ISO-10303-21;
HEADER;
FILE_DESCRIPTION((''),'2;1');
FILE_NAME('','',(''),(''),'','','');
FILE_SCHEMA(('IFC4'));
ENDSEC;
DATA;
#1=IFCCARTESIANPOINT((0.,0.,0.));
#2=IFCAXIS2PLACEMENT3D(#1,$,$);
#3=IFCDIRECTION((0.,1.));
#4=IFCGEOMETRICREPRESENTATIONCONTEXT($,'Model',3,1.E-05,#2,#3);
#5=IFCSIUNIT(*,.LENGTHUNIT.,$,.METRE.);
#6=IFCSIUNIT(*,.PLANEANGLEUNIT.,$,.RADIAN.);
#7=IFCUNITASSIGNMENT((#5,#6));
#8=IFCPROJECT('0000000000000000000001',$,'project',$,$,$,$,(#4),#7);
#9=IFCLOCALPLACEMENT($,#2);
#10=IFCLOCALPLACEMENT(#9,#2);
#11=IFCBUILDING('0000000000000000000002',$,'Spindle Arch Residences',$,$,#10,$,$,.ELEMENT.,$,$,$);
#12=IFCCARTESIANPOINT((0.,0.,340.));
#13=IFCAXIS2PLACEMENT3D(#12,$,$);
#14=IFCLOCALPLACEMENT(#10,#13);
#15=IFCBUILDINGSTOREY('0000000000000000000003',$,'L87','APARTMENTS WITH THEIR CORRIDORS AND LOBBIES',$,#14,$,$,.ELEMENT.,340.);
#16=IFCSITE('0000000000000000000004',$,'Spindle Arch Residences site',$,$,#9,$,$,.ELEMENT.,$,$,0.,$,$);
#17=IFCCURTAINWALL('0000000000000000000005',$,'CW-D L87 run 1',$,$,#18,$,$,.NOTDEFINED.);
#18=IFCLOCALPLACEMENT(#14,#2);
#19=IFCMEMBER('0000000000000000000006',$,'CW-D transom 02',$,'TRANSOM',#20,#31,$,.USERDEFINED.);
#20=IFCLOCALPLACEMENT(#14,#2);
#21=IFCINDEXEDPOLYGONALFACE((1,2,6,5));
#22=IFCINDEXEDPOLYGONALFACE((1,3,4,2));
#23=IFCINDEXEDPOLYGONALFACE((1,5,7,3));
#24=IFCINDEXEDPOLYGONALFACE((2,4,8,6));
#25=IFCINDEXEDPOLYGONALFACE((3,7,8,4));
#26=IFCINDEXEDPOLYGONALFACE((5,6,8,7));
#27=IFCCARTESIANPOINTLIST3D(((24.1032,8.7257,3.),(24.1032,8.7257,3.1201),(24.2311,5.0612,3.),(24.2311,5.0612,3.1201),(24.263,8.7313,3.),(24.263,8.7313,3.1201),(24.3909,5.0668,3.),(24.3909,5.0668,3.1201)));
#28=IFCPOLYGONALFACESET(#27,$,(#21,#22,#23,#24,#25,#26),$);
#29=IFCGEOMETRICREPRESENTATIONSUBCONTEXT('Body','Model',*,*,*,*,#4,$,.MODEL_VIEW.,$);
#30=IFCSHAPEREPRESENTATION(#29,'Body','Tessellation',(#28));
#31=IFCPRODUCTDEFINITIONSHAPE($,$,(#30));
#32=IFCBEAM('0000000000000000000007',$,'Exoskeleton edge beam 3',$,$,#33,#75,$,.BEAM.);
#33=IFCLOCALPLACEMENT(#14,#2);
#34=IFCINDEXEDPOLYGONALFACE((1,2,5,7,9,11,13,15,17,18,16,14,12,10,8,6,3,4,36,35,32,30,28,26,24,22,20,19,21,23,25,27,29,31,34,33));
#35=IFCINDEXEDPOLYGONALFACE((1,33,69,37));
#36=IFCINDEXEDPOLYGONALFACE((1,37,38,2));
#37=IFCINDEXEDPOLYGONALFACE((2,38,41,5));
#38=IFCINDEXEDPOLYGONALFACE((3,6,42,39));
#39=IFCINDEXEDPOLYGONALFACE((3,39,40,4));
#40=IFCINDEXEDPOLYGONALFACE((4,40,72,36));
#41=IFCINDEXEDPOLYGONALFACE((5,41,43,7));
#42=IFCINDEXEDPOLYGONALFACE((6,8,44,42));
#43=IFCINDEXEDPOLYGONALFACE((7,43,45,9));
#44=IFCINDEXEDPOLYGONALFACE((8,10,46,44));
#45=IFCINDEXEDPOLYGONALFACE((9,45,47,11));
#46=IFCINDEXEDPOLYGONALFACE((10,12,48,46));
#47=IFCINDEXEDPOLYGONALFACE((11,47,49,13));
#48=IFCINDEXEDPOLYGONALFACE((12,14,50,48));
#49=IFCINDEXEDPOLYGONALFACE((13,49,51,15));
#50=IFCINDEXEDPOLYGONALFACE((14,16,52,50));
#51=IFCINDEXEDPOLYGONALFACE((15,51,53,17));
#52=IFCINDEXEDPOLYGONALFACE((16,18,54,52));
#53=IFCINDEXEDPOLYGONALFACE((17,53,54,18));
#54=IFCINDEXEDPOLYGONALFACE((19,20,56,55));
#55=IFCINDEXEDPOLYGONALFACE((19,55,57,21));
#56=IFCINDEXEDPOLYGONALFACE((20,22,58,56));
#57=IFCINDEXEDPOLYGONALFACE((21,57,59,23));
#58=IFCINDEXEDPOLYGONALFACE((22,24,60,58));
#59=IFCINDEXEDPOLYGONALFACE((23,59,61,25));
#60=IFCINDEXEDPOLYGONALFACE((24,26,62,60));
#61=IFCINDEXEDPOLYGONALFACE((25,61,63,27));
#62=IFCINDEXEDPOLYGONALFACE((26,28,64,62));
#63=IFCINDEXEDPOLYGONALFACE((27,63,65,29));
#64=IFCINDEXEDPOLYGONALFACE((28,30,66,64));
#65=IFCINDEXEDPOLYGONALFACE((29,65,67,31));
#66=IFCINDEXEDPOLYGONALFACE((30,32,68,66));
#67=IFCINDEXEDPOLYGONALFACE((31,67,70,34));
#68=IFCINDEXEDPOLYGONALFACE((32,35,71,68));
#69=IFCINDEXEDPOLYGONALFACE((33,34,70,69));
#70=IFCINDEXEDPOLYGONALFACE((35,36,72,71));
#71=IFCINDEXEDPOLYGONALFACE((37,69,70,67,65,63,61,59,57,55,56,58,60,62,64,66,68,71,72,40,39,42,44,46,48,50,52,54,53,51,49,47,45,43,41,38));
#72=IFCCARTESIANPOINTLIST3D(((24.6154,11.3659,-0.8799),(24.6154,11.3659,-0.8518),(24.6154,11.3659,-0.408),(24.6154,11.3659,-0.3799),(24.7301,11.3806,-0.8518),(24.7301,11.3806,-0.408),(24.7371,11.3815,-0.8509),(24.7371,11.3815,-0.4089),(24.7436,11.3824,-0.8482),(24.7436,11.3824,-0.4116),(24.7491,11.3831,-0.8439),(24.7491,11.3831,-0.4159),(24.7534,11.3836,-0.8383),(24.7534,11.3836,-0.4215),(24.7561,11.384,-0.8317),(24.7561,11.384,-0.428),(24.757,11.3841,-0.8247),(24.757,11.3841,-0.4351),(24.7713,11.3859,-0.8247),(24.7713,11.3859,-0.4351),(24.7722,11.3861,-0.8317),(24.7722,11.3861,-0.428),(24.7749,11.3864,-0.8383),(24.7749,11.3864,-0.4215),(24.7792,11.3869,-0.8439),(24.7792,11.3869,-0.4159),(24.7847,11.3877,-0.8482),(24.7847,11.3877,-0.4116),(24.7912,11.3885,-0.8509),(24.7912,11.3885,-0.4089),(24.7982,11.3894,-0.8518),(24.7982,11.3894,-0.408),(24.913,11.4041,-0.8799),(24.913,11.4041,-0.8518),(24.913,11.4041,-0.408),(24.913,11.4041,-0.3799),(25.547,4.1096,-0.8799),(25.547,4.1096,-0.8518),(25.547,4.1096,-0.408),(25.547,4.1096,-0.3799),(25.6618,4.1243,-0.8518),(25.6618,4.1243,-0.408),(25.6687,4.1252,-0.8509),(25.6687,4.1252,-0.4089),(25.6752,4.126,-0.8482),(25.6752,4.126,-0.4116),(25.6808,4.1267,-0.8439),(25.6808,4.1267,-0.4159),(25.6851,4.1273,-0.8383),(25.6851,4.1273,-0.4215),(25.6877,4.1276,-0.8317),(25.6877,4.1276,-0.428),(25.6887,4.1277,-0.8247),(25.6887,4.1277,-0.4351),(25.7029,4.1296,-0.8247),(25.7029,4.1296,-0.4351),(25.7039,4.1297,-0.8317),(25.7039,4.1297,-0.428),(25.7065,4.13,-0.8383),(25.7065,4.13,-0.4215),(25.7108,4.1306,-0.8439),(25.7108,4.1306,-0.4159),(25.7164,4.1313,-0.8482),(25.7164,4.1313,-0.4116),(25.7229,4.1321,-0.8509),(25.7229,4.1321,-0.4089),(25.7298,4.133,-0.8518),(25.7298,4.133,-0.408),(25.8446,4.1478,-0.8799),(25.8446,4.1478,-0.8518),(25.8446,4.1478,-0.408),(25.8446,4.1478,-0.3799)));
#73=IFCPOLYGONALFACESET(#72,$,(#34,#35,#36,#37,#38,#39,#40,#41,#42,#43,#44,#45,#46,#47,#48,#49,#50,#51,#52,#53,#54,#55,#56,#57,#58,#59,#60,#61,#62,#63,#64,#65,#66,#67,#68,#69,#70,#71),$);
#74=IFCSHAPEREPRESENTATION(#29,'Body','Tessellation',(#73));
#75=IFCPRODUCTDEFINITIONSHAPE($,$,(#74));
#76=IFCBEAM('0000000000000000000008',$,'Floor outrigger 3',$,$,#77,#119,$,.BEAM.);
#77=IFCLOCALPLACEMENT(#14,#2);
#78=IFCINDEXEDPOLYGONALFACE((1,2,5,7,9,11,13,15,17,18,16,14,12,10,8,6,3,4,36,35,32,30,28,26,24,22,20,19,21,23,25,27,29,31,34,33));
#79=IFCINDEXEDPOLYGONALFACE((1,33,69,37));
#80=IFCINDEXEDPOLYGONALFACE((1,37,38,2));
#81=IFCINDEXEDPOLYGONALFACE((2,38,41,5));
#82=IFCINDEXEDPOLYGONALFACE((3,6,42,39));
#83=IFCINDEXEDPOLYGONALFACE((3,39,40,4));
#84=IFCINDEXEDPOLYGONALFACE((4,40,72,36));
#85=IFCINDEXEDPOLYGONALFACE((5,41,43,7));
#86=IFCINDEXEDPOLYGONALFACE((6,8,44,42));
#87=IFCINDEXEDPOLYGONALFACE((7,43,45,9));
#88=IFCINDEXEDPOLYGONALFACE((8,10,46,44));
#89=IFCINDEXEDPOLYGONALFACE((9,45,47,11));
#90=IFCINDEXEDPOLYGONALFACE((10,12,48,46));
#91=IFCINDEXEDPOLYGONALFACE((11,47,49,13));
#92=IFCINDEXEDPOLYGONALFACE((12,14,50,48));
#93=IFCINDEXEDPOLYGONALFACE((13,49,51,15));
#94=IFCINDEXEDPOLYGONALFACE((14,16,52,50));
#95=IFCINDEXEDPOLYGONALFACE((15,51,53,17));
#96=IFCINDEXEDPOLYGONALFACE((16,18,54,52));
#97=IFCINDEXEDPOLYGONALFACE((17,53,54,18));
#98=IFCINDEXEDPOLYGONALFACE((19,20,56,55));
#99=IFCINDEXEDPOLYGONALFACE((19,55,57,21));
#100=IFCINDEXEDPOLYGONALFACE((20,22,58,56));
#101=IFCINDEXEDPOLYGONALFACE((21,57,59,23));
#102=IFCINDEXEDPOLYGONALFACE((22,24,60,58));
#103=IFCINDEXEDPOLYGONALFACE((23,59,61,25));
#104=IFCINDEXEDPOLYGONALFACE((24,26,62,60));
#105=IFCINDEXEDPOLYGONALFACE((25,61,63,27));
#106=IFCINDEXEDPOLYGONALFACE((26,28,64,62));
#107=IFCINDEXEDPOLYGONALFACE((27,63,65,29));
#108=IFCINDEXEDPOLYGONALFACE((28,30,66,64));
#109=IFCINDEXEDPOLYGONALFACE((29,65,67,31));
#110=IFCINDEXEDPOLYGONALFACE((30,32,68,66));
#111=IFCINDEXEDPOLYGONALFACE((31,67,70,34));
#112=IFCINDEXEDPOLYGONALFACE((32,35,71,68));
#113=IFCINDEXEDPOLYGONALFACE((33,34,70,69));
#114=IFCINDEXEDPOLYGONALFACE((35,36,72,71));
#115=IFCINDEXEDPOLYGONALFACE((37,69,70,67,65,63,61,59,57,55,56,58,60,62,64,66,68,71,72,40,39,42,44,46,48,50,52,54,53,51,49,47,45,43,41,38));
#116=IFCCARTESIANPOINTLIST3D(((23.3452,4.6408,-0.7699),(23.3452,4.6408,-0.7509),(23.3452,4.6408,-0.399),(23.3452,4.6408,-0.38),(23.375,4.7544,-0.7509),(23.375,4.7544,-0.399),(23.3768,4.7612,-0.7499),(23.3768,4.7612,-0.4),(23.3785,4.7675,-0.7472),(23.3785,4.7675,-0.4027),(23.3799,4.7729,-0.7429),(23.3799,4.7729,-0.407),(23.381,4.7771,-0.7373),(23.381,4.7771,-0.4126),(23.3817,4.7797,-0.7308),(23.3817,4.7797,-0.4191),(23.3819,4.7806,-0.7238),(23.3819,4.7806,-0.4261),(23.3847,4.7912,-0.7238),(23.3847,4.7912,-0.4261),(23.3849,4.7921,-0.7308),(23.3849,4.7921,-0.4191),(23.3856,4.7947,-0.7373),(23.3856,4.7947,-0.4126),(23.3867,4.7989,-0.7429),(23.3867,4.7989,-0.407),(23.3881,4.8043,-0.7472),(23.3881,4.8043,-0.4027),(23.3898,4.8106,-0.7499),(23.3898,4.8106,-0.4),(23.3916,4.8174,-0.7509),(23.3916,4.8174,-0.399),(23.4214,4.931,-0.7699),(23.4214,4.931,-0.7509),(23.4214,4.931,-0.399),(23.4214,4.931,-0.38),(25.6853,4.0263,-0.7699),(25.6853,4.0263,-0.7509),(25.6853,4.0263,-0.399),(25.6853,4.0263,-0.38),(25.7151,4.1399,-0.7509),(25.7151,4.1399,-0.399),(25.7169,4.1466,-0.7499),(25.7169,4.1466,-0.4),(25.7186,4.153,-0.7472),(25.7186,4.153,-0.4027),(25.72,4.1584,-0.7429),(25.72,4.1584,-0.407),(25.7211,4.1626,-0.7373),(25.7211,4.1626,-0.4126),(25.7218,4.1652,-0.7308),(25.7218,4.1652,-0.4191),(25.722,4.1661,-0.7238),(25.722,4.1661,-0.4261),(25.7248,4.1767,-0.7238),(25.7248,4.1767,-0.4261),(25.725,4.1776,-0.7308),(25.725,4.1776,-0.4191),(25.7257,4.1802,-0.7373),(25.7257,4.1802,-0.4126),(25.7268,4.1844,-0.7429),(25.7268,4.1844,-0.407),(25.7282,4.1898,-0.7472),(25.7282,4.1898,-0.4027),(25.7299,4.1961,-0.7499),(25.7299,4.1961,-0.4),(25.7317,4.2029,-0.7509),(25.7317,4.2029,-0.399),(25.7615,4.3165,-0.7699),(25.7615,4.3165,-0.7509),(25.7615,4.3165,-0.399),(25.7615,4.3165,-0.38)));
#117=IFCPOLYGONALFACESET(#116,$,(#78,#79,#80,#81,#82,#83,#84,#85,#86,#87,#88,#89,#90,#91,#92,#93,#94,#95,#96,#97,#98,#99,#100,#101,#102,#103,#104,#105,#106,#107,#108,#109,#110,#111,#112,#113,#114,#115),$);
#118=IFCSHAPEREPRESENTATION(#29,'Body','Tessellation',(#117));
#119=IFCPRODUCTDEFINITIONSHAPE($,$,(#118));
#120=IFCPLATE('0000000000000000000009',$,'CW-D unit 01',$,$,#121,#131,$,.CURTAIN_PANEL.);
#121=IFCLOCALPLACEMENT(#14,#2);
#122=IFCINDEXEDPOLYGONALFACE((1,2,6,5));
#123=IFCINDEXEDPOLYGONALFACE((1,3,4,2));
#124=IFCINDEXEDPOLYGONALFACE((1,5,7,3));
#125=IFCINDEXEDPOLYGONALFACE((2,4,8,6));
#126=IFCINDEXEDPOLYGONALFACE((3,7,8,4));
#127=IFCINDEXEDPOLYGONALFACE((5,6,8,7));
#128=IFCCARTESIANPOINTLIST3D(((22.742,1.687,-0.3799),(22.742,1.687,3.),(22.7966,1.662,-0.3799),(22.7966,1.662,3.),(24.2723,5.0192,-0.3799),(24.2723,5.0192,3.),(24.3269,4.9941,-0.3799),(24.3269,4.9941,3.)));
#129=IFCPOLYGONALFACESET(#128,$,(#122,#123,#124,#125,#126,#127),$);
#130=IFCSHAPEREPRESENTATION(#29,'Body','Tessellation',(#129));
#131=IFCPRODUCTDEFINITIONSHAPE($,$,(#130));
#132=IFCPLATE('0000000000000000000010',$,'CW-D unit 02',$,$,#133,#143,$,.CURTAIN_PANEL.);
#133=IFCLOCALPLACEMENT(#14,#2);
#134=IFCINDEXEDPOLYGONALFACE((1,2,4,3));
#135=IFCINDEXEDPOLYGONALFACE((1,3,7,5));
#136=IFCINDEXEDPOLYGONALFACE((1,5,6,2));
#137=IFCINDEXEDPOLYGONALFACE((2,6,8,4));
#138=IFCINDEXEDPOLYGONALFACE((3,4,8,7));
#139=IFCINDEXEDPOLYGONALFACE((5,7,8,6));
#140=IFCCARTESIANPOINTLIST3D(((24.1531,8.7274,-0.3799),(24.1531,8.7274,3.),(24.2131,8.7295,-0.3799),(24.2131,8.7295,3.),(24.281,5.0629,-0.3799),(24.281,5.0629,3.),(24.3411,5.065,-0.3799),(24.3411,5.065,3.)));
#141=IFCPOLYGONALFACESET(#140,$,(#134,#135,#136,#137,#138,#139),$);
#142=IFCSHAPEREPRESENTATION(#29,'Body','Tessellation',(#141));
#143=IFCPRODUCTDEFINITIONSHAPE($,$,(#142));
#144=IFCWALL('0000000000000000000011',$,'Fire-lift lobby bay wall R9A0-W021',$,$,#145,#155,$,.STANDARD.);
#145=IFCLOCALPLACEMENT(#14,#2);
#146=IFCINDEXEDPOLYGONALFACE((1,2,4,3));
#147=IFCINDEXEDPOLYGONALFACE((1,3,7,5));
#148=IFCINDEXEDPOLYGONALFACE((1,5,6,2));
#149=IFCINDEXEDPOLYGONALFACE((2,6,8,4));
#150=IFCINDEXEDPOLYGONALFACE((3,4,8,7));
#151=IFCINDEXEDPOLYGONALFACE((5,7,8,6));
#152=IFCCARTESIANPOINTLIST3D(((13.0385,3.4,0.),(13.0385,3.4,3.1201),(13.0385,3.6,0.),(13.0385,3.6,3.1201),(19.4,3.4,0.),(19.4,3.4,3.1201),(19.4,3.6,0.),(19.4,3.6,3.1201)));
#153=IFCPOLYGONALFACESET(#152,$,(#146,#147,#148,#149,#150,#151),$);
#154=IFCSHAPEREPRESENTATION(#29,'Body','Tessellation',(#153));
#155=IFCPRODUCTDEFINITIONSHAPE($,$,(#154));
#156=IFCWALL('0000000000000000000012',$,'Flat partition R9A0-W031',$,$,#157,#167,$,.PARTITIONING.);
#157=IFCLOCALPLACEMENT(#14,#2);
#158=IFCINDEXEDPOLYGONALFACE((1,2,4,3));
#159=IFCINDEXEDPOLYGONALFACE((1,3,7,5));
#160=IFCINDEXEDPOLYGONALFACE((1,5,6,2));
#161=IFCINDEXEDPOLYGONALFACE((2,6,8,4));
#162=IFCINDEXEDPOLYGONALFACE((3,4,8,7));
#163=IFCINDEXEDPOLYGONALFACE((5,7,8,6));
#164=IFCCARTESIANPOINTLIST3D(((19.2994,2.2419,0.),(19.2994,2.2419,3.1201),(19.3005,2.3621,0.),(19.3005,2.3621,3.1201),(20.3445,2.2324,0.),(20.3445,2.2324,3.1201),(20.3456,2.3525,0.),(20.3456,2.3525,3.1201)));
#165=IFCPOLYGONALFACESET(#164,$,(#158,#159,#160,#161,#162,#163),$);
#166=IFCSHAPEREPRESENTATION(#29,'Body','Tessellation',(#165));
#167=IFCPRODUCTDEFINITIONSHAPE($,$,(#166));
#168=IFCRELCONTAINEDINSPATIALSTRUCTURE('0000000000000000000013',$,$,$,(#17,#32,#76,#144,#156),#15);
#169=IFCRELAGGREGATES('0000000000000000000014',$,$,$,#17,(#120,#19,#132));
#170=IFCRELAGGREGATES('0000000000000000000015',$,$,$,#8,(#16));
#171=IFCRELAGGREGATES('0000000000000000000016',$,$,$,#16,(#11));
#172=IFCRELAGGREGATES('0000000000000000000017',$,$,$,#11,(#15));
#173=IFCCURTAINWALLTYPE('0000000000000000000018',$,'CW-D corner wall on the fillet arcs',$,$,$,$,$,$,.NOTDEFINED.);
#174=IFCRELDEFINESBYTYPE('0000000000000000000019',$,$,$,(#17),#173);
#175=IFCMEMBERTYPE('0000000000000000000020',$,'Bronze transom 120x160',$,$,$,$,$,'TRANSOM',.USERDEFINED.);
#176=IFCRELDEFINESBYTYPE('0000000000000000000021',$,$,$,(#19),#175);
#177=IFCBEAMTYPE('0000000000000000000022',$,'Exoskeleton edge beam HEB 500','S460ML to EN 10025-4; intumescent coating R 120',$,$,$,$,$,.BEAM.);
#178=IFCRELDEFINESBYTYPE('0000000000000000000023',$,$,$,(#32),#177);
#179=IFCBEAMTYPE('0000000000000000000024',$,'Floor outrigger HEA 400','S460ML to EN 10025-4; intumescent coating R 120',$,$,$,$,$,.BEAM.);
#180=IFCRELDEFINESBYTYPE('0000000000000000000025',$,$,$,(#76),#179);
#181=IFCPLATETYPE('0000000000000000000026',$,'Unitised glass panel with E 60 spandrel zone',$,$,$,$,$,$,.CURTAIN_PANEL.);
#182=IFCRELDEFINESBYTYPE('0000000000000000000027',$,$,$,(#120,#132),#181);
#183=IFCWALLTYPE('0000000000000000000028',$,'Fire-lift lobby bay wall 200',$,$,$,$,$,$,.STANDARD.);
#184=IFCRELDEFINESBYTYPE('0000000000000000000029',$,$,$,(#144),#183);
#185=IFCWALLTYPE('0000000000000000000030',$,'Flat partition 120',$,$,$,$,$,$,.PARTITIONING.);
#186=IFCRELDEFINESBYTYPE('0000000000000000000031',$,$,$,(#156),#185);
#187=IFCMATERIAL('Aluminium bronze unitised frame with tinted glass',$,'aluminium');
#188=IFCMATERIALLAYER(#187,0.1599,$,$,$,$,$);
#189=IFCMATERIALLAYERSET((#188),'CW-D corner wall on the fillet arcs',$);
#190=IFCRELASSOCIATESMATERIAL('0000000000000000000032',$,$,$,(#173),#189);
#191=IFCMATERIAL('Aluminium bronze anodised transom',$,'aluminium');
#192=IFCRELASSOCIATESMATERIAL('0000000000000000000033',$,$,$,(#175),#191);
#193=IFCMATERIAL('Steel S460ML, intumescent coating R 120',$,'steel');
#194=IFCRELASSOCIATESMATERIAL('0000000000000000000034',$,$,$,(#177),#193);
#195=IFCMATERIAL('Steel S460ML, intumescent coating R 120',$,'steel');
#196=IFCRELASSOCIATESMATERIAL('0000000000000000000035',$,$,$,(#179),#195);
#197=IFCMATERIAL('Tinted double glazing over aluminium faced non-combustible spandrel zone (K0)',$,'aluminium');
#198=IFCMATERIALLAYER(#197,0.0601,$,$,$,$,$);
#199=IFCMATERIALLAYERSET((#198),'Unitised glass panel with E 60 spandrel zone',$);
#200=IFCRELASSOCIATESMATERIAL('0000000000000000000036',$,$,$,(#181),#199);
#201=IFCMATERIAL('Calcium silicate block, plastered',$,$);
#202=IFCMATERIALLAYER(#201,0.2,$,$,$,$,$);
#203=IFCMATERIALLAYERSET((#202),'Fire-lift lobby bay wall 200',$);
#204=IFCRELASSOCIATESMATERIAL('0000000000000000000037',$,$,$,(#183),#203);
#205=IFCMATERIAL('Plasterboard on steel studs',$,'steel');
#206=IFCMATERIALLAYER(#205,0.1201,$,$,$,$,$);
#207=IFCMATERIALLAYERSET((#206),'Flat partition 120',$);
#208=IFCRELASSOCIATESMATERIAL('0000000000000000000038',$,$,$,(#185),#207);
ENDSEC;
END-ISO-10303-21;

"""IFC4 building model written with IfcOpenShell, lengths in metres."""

from ifc_helpers import new_model, si_unit, direction, frame, frame_2d, origin, origin_2d, place, context, subcontext, project, spatial, rectangle, i_section, extrude, material, layer, layer_set, material_profile, profile_set, type_object, element, aggregate, save


model = new_model("IFC4")

# Units and contexts
model_context = context("Model", 3, precision=1e-05, world=origin(), true_north=direction((0.0, 1.0)))
body_context = subcontext(model_context, "Body", "Model", "MODEL_VIEW")
ifc_project = project(units=[si_unit("LENGTHUNIT", "METRE"), si_unit("PLANEANGLEUNIT", "RADIAN")], contexts=[model_context])

# Site, building, storey
site_placement = place(None, origin())
site = spatial("IfcSite", under=ifc_project, at=site_placement, Name="Spindle Arch Residences site", CompositionType="ELEMENT", RefElevation=0.0)
building_placement = place(site_placement, origin())
building = spatial("IfcBuilding", under=site, at=building_placement, Name="Spindle Arch Residences", CompositionType="ELEMENT")
storey_placement = place(building_placement, frame((0.0, 0.0, 340.0)))
storey = spatial("IfcBuildingStorey", under=building, at=storey_placement, Name="L87", Description="APARTMENTS WITH THEIR CORRIDORS AND LOBBIES", CompositionType="ELEMENT", Elevation=340.0)

# Curtain wall, member
ifc_material_1 = material(Name="Aluminium bronze unitised frame with tinted glass", Category="aluminium")
ifc_layer_1 = layer(ifc_material_1, 0.1599)
ifc_layer_set_1 = layer_set([ifc_layer_1], Name="CW-D corner wall on the fillet arcs")
curtain_wall_type = type_object("IfcCurtainWallType", Name="CW-D corner wall on the fillet arcs", PredefinedType="NOTDEFINED", material=ifc_layer_set_1)
curtain_wall_placement = place(storey_placement, origin())
curtain_wall = element("IfcCurtainWall", 1, at=curtain_wall_placement, inside=storey, type_object=curtain_wall_type, Name="CW-D L87 run 1", PredefinedType="NOTDEFINED")
ifc_material_2 = material(Name="Aluminium bronze anodised transom", Category="aluminium")
ifc_material_profile_1 = material_profile(ifc_material_2, rectangle(XDim=0.1599, YDim=0.1201, at=origin_2d()), Name="TR 120x160")
ifc_profile_set_1 = profile_set([ifc_material_profile_1], Name="Aluminium bronze anodised transom")
member_type_1 = type_object("IfcMemberType", Name="Bronze transom 120x160", ElementType="TRANSOM", PredefinedType="USERDEFINED", material=ifc_profile_set_1)
member_1_placement = place(storey_placement, frame((24.311, 5.064, 3.0601), z_axis=(-0.034889, 0.999391, 0.0), x_axis=(-0.999391, -0.034889, 0.0)))
member_1 = element("IfcMember", 2, at=member_1_placement, type_object=member_type_1, Name="CW-D transom 02", ObjectType="TRANSOM", PredefinedType="USERDEFINED", context=body_context, shape_type="SweptSolid", body=[
    extrude(rectangle(XDim=0.1599, YDim=0.1201, at=origin_2d()), origin(), (0.0, 0.0, 1.0), 3.6667),
])

# Beams
ifc_material_3 = material(Name="Steel S460ML, intumescent coating R 120", Category="steel")
ifc_material_profile_2 = material_profile(ifc_material_3, i_section(OverallWidth=0.3, OverallDepth=0.5, WebThickness=0.0144, FlangeThickness=0.0281, FilletRadius=0.0271, at=origin_2d()), Name="HEB 500")
ifc_profile_set_2 = profile_set([ifc_material_profile_2], Name="Steel S460ML, intumescent coating R 120")
beam_type_1 = type_object("IfcBeamType", Name="Exoskeleton edge beam HEB 500", Description="S460ML to EN 10025-4; intumescent coating R 120", PredefinedType="BEAM", material=ifc_profile_set_2)
beam_1_placement = place(storey_placement, frame((25.6958, 4.1287, -0.6299), z_axis=(-0.127344, 0.991859, 0.0), x_axis=(-0.991859, -0.127344, 0.0)))
element("IfcBeam", 3, at=beam_1_placement, inside=storey, type_object=beam_type_1, Name="Exoskeleton edge beam 3", PredefinedType="BEAM", context=body_context, shape_type="SweptSolid", body=[
    extrude(i_section(OverallWidth=0.3, OverallDepth=0.5, WebThickness=0.0144, FlangeThickness=0.0281, FilletRadius=0.0271, at=origin_2d()), origin(), (0.0, 0.0, 1.0), 7.3159),
])
ifc_material_4 = material(Name="Steel S460ML, intumescent coating R 120", Category="steel")
ifc_material_profile_3 = material_profile(ifc_material_4, i_section(OverallWidth=0.3, OverallDepth=0.3899, WebThickness=0.011, FlangeThickness=0.019, FilletRadius=0.0271, at=origin_2d()), Name="HEA 400")
ifc_profile_set_3 = profile_set([ifc_material_profile_3], Name="Steel S460ML, intumescent coating R 120")
beam_type_2 = type_object("IfcBeamType", Name="Floor outrigger HEA 400", Description="S460ML to EN 10025-4; intumescent coating R 120", PredefinedType="BEAM", material=ifc_profile_set_3)
beam_2_placement = place(storey_placement, frame((25.7234, 4.1714, -0.575), z_axis=(-0.967208, 0.253987, 0.0), x_axis=(-0.253987, -0.967208, 0.0)))
element("IfcBeam", 4, at=beam_2_placement, inside=storey, type_object=beam_type_2, Name="Floor outrigger 3", PredefinedType="BEAM", context=body_context, shape_type="SweptSolid", body=[
    extrude(i_section(OverallWidth=0.3, OverallDepth=0.3899, WebThickness=0.011, FlangeThickness=0.019, FilletRadius=0.0271, at=origin_2d()), origin(), (0.0, 0.0, 1.0), 2.4194),
])

# Plates
ifc_material_5 = material(Name="Tinted double glazing over aluminium faced non-combustible spandrel zone (K0)", Category="aluminium")
ifc_layer_2 = layer(ifc_material_5, 0.0601)
ifc_layer_set_2 = layer_set([ifc_layer_2], Name="Unitised glass panel with E 60 spandrel zone")
plate_type = type_object("IfcPlateType", Name="Unitised glass panel with E 60 spandrel zone", PredefinedType="CURTAIN_PANEL", material=ifc_layer_set_2)
plate_1_placement = place(storey_placement, frame((23.5344, 3.3406, -0.3799), z_axis=(0.0, 0.0, 1.0), x_axis=(0.417338, 0.908751, 0.0)))
plate_1 = element("IfcPlate", 5, at=plate_1_placement, type_object=plate_type, Name="CW-D unit 01", PredefinedType="CURTAIN_PANEL", context=body_context, shape_type="SweptSolid", body=[
    extrude(rectangle(XDim=3.6667, YDim=0.0601, at=origin_2d()), origin(), (0.0, 0.0, 1.0), 3.3799),
])
plate_2_placement = place(storey_placement, frame((24.2471, 6.8962, -0.3799), z_axis=(0.0, 0.0, 1.0), x_axis=(-0.034899, 0.999391, 0.0)))
plate_2 = element("IfcPlate", 6, at=plate_2_placement, type_object=plate_type, Name="CW-D unit 02", PredefinedType="CURTAIN_PANEL", context=body_context, shape_type="SweptSolid", body=[
    extrude(rectangle(XDim=3.6667, YDim=0.0601, at=origin_2d()), origin(), (0.0, 0.0, 1.0), 3.3799),
])
aggregate(curtain_wall, [plate_1, member_1, plate_2])

# Walls
ifc_material_6 = material(Name="Calcium silicate block, plastered")
ifc_layer_3 = layer(ifc_material_6, 0.2)
ifc_layer_set_3 = layer_set([ifc_layer_3], Name="Fire-lift lobby bay wall 200")
wall_type_1 = type_object("IfcWallType", Name="Fire-lift lobby bay wall 200", PredefinedType="STANDARD", material=ifc_layer_set_3)
wall_1_placement = place(storey_placement, frame((19.3999, 3.5, 0.0), z_axis=(0.0, 0.0, 1.0), x_axis=(-1.0, 0.0, 0.0)))
element("IfcWall", 7, at=wall_1_placement, inside=storey, type_object=wall_type_1, Name="Fire-lift lobby bay wall R9A0-W021", PredefinedType="STANDARD", context=body_context, shape_type="SweptSolid", body=[
    extrude(rectangle(XDim=6.3616, YDim=0.2, at=frame_2d((3.1807, 0.0))), origin(), (0.0, 0.0, 1.0), 3.1201),
])
ifc_material_7 = material(Name="Plasterboard on steel studs", Category="steel")
ifc_layer_4 = layer(ifc_material_7, 0.1201)
ifc_layer_set_4 = layer_set([ifc_layer_4], Name="Flat partition 120")
wall_type_2 = type_object("IfcWallType", Name="Flat partition 120", PredefinedType="PARTITIONING", material=ifc_layer_set_4)
wall_2_placement = place(storey_placement, frame((19.3, 2.302, 0.0), z_axis=(0.0, 0.0, 1.0), x_axis=(0.999959, -0.00911, 0.0)))
element("IfcWall", 8, at=wall_2_placement, inside=storey, type_object=wall_type_2, Name="Flat partition R9A0-W031", PredefinedType="PARTITIONING", context=body_context, shape_type="SweptSolid", body=[
    extrude(rectangle(XDim=1.0452, YDim=0.1201, at=frame_2d((0.5225, 0.0))), origin(), (0.0, 0.0, 1.0), 3.1201),
])

save(model, "model.ifc")
